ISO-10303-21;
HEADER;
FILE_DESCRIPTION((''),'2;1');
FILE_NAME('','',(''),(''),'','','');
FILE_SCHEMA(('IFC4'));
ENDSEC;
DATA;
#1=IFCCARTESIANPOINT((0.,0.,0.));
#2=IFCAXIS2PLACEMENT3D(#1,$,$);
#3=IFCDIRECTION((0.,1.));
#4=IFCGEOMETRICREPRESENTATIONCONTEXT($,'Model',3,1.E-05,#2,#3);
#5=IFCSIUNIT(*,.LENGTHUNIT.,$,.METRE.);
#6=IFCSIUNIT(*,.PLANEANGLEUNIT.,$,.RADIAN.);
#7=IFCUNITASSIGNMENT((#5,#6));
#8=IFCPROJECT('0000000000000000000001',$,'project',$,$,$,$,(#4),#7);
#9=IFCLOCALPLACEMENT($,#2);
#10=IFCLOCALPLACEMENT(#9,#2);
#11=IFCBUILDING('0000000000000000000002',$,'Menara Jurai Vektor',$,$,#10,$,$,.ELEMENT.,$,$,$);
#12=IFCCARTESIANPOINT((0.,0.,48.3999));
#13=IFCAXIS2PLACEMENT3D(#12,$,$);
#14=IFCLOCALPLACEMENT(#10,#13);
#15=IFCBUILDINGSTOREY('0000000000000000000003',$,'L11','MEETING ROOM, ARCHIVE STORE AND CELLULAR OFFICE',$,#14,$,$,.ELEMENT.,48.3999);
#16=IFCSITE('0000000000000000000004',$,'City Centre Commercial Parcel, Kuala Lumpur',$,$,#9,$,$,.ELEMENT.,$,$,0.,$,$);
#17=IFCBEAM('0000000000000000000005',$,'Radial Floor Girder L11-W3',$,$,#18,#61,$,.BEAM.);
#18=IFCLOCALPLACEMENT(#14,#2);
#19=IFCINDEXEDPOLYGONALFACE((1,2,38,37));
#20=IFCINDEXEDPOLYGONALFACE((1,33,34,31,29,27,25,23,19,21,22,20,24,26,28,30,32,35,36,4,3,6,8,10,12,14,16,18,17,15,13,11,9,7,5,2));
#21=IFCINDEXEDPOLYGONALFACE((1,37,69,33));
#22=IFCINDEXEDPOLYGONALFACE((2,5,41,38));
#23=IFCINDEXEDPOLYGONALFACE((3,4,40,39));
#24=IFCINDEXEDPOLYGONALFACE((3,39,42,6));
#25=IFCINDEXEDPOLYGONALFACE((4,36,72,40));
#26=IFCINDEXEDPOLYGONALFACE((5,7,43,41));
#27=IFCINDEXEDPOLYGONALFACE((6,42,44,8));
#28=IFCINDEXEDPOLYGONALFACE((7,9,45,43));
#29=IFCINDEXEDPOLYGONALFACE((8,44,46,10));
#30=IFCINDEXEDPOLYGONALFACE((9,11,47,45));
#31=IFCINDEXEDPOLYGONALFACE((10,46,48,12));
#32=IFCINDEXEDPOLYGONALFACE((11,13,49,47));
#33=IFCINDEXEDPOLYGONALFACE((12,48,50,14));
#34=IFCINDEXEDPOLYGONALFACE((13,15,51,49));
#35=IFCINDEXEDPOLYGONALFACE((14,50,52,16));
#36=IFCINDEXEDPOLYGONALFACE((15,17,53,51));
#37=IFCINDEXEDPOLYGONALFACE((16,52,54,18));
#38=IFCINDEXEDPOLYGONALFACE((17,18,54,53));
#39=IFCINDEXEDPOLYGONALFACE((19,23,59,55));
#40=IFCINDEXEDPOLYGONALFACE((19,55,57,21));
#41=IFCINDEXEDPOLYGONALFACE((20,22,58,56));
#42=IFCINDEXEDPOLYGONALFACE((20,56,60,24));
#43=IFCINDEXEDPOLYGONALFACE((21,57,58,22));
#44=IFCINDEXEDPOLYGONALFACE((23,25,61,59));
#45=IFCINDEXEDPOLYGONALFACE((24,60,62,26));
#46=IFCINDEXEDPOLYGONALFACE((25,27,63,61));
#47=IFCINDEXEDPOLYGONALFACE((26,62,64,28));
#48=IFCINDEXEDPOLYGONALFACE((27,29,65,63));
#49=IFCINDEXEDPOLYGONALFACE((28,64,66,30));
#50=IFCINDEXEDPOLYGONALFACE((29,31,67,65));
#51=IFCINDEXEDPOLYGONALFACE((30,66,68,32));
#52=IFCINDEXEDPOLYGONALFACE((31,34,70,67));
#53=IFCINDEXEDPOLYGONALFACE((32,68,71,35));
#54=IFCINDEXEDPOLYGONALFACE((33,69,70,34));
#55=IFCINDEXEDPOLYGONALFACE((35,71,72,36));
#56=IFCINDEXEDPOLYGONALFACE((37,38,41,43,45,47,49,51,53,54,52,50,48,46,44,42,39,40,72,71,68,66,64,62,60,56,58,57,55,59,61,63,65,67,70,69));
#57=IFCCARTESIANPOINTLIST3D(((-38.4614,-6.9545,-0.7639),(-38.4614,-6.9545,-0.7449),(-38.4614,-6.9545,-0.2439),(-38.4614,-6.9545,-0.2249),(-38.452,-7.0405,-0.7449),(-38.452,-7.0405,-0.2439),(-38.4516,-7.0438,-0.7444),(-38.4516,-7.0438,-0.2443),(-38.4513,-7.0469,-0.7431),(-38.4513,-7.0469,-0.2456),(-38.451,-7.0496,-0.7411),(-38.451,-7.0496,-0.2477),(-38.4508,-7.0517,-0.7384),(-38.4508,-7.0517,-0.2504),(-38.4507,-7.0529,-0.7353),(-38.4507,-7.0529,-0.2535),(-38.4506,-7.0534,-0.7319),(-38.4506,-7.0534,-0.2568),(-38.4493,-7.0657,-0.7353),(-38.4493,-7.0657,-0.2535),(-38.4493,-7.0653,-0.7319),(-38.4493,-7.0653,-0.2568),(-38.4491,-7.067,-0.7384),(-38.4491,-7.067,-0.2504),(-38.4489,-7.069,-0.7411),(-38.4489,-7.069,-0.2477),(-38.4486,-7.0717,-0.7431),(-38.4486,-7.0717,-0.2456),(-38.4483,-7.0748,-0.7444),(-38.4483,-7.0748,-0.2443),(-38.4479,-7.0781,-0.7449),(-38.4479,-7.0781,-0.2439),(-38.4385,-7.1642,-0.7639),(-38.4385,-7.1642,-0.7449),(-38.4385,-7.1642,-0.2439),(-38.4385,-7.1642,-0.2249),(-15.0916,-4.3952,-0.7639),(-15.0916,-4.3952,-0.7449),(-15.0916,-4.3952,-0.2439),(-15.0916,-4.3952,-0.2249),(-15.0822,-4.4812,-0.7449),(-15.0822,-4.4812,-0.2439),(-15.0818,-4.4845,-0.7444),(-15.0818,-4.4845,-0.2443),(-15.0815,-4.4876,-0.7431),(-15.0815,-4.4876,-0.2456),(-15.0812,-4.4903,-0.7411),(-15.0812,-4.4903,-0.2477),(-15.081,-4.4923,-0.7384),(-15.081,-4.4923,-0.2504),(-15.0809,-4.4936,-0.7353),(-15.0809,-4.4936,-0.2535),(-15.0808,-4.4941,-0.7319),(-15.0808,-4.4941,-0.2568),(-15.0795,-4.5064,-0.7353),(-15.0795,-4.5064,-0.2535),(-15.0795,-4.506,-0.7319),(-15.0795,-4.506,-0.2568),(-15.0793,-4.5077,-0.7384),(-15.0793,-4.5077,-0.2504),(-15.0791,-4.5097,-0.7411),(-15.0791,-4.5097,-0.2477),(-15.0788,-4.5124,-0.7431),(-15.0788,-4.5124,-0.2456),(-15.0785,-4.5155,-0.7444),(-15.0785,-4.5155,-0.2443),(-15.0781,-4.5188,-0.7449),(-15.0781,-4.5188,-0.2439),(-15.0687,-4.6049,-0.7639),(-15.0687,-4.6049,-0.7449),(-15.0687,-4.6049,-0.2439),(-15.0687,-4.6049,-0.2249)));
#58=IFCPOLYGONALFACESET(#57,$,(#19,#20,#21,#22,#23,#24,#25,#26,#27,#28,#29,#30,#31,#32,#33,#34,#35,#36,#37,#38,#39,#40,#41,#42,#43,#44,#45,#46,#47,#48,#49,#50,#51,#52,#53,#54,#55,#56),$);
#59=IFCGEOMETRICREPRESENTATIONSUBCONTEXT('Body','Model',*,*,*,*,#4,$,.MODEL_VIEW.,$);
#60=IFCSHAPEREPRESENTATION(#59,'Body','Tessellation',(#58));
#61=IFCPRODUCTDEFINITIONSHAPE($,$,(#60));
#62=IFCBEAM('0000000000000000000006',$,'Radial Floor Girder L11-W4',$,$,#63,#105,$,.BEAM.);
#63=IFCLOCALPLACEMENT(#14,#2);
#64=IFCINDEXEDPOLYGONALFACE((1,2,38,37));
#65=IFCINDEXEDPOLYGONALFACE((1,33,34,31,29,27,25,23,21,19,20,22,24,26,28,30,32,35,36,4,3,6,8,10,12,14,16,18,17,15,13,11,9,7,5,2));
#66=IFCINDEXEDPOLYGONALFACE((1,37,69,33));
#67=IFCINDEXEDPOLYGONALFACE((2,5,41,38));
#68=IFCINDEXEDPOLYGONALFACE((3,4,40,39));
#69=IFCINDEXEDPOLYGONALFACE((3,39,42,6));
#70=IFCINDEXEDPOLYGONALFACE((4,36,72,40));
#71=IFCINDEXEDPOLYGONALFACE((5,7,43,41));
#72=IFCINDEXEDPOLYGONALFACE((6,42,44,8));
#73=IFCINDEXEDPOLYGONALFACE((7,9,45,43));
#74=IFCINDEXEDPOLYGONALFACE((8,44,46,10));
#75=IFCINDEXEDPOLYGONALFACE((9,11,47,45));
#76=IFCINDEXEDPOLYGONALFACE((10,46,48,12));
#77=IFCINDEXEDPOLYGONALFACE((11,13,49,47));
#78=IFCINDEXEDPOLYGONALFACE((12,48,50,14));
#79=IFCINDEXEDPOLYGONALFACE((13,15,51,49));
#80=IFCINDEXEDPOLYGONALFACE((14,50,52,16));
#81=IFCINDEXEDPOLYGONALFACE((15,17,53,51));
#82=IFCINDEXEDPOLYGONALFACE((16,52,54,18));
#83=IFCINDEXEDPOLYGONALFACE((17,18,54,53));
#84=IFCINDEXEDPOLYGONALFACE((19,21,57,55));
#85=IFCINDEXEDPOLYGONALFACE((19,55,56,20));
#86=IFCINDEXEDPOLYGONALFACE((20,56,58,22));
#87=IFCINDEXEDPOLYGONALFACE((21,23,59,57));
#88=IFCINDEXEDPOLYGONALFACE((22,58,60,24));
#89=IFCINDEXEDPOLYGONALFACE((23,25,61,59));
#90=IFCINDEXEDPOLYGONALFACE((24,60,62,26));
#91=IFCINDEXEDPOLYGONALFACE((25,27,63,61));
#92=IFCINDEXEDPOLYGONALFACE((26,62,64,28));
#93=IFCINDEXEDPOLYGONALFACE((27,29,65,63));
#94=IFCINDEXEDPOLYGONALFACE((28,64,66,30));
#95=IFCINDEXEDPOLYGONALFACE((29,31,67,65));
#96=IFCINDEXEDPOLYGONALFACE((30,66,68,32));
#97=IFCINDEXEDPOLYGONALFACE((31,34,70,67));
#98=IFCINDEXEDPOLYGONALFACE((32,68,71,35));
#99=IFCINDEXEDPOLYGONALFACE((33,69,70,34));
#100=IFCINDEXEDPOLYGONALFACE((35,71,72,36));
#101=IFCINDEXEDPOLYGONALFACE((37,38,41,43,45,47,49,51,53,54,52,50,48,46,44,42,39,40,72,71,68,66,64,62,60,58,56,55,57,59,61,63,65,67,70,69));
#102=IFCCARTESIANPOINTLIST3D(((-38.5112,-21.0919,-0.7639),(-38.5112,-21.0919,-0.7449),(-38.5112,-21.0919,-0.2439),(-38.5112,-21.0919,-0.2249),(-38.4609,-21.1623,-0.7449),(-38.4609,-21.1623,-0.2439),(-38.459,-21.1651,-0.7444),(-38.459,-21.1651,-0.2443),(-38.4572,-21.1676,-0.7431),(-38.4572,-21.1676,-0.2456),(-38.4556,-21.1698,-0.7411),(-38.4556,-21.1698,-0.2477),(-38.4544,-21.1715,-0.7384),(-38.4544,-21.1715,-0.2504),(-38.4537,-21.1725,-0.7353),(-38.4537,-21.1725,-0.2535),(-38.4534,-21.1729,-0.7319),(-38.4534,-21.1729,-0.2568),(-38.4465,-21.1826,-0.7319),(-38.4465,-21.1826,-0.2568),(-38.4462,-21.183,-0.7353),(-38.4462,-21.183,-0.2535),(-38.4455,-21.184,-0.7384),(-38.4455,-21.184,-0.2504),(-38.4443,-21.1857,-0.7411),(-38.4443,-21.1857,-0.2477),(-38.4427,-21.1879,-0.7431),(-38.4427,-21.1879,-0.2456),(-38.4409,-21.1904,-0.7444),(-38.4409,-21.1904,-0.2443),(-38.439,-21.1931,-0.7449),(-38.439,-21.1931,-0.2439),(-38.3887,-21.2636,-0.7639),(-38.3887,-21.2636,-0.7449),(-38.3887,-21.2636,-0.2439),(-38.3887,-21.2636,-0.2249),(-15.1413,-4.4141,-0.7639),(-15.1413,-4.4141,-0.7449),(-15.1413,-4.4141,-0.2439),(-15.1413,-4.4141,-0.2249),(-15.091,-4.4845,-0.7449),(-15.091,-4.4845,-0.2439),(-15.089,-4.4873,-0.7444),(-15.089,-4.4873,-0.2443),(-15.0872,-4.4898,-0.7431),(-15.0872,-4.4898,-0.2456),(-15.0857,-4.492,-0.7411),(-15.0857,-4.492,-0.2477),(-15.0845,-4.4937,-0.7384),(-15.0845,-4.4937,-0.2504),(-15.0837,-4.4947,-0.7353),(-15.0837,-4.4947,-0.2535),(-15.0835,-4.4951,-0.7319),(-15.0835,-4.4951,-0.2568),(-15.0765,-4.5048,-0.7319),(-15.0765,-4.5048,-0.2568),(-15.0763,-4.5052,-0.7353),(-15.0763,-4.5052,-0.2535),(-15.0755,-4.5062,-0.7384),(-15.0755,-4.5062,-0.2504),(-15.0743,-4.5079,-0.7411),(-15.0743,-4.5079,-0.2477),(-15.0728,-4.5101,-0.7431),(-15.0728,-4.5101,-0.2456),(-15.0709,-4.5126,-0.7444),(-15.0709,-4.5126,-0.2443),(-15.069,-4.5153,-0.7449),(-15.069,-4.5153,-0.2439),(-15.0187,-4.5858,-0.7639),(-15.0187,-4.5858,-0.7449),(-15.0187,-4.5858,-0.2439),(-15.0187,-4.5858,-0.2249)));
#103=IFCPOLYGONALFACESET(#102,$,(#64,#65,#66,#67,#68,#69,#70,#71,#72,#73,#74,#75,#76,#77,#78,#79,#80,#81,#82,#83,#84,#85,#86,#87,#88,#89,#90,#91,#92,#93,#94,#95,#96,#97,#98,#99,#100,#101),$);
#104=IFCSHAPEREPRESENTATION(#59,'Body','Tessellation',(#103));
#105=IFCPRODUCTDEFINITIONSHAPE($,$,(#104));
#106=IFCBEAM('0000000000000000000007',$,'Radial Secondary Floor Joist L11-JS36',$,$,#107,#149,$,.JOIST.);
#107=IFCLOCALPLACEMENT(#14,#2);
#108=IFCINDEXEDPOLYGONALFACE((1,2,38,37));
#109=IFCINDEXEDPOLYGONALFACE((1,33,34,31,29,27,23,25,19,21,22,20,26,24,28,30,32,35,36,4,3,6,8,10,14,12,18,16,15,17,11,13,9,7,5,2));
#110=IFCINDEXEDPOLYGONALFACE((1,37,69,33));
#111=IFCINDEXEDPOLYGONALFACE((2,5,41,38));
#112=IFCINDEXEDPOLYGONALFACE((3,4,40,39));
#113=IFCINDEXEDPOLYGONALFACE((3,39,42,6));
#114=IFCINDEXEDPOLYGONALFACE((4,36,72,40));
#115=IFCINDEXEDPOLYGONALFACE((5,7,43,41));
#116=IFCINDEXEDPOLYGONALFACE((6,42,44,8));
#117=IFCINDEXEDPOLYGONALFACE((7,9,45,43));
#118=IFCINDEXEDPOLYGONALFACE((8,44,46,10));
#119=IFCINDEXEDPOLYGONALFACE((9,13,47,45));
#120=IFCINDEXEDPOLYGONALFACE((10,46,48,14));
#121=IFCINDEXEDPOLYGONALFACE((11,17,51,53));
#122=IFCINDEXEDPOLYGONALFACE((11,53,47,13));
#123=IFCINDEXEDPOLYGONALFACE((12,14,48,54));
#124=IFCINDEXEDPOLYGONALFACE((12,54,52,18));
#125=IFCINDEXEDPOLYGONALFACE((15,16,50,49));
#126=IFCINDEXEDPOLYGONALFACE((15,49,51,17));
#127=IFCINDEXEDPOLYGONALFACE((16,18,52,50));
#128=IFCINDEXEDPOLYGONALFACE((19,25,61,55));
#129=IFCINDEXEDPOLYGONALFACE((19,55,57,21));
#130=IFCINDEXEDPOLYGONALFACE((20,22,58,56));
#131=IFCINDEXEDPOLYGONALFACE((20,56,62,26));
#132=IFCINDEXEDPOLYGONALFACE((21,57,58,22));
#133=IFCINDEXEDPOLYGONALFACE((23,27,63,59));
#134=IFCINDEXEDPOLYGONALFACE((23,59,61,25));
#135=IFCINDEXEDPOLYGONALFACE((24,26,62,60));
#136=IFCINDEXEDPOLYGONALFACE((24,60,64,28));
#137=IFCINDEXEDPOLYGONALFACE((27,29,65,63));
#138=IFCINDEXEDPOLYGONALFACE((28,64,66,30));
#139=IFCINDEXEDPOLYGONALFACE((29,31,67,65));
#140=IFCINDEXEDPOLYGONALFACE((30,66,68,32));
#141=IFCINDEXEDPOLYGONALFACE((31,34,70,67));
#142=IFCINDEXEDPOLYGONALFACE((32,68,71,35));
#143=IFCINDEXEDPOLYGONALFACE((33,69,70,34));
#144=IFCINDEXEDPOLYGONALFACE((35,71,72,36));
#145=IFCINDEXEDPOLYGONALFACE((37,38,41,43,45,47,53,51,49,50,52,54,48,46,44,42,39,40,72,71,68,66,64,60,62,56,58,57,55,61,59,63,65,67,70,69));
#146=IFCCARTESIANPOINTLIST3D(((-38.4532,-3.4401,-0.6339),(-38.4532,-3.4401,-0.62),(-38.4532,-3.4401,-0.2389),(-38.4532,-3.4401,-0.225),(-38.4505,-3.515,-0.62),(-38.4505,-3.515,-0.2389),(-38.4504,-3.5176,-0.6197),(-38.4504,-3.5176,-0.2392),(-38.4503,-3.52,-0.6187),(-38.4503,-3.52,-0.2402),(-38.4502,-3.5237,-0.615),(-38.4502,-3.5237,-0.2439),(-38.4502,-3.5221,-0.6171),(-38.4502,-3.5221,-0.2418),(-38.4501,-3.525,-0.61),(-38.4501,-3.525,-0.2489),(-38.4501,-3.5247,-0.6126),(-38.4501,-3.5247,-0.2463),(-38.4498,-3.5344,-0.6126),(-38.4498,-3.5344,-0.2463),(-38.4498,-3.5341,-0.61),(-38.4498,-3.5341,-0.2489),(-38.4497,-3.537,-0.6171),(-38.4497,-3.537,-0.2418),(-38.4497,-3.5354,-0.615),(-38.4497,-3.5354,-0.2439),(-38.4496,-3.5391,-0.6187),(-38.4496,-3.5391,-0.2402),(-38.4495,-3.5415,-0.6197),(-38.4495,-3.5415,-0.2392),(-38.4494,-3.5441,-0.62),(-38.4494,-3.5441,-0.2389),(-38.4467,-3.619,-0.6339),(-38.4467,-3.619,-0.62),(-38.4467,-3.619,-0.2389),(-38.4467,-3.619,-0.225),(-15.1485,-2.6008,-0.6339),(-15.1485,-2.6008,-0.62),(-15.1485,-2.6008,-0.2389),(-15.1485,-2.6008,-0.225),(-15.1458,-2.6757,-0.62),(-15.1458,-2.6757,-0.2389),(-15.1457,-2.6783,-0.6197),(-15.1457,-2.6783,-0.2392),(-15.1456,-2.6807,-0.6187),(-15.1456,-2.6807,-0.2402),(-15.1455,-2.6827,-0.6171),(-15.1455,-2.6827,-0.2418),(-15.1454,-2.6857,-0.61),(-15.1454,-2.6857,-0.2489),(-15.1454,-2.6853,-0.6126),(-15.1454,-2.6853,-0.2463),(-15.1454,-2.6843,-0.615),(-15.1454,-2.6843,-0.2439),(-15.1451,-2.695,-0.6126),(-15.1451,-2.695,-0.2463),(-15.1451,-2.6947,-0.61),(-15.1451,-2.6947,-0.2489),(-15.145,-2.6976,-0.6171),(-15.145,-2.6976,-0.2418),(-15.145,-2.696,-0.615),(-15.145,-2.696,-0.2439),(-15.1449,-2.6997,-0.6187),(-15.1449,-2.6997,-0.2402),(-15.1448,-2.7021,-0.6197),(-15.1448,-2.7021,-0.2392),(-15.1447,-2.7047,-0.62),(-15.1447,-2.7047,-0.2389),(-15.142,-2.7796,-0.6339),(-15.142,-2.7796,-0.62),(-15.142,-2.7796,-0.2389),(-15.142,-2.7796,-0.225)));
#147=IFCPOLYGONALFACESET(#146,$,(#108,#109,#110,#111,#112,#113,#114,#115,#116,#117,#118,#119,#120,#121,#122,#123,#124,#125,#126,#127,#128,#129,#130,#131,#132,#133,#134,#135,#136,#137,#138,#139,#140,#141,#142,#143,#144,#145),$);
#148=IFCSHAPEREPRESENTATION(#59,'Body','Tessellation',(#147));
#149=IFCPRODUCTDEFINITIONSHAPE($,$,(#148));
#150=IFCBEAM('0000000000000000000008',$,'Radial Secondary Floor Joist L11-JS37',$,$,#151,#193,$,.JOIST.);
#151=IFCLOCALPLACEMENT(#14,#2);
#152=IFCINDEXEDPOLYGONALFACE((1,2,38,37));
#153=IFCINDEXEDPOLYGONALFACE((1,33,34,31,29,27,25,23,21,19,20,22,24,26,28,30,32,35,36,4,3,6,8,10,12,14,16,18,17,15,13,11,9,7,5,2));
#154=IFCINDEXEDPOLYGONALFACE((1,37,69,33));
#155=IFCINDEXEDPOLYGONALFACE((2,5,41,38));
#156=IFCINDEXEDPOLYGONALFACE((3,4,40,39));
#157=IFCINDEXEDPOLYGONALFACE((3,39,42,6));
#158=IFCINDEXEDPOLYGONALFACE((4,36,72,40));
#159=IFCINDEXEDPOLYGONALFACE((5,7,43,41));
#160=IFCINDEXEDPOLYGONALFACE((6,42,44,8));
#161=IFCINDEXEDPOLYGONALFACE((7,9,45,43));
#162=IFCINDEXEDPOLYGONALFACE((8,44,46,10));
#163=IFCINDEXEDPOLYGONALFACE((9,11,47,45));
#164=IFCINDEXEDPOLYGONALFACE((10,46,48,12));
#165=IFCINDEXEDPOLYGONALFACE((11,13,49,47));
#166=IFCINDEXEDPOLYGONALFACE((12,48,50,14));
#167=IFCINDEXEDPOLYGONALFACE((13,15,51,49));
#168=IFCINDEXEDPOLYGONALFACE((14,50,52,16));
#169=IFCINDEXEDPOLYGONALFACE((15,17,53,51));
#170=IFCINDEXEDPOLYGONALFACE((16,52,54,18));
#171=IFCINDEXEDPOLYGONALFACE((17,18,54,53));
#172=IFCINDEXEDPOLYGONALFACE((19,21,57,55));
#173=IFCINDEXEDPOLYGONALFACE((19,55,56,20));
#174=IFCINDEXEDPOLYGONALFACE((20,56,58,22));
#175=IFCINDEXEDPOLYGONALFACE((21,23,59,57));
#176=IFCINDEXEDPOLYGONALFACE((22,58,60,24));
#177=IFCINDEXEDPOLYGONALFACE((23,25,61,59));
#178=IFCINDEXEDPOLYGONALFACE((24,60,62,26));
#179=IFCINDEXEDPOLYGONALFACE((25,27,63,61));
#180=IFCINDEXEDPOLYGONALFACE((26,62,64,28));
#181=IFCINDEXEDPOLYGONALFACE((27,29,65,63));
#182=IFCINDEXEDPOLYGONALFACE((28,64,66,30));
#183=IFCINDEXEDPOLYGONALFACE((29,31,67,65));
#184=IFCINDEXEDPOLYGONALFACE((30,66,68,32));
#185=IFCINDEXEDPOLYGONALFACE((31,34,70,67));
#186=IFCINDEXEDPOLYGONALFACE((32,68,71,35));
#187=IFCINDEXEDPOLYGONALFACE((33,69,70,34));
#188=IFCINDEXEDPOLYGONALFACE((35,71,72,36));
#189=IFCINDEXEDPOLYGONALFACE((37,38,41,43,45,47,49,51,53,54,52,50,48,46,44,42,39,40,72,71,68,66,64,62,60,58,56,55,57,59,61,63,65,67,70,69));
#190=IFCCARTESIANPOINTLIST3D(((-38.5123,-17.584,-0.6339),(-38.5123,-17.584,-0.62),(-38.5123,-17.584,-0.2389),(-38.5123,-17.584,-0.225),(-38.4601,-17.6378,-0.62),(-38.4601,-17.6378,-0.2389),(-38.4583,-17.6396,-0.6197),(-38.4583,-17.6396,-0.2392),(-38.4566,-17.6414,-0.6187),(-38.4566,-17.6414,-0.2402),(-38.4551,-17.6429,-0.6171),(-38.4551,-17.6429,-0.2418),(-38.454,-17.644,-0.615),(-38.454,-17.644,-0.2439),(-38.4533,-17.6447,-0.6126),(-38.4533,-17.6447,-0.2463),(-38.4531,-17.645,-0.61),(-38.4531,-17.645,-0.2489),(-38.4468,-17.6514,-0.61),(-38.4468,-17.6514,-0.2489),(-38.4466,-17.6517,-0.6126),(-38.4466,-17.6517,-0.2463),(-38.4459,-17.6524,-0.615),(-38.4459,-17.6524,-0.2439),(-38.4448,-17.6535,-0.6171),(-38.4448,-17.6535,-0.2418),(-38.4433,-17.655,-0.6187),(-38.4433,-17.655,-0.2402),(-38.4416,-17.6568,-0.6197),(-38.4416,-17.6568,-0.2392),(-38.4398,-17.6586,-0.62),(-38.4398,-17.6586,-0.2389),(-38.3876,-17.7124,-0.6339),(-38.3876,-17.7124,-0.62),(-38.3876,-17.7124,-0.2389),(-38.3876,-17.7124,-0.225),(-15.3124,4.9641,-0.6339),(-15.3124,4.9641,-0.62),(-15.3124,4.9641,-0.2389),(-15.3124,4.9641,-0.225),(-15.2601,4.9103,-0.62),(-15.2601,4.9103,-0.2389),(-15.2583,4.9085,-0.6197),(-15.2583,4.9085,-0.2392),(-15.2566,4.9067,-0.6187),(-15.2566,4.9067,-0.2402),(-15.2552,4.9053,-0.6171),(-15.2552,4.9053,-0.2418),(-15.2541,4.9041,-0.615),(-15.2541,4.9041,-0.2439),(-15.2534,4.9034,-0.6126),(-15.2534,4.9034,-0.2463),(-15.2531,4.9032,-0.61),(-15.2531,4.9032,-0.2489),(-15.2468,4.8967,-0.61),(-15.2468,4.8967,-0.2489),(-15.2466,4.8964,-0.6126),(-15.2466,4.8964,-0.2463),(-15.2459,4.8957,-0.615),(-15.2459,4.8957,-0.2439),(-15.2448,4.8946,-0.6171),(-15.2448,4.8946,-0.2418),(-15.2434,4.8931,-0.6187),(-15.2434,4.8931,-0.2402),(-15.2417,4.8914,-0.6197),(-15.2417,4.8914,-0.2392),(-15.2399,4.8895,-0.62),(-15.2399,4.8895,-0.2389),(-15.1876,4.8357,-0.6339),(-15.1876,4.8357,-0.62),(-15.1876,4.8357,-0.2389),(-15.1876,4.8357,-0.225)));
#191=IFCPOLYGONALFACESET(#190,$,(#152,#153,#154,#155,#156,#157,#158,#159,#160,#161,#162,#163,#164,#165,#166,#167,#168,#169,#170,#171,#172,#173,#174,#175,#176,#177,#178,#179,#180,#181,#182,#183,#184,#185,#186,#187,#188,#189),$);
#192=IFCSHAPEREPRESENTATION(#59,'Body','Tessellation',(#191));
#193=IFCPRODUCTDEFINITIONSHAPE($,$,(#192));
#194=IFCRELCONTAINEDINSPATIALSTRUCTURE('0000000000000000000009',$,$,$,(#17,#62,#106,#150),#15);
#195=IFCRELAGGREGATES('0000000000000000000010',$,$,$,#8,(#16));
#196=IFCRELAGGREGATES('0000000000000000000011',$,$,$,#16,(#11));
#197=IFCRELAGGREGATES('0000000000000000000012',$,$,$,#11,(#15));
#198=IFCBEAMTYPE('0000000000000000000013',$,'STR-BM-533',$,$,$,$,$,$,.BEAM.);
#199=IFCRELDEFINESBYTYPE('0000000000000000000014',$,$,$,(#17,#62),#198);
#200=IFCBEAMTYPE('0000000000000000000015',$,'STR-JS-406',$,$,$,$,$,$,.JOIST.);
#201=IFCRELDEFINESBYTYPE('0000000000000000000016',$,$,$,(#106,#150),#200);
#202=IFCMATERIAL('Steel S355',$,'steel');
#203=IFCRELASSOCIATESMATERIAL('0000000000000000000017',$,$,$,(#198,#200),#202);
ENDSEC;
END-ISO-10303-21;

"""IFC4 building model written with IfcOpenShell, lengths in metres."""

from ifc_helpers import new_model, si_unit, direction, frame, origin, origin_2d, place, context, subcontext, project, spatial, i_section, extrude, material, material_profile, profile_set, type_object, element, save


model = new_model("IFC4")

# Units and contexts
model_context = context("Model", 3, precision=1e-05, world=origin(), true_north=direction((0.0, 1.0)))
body_context = subcontext(model_context, "Body", "Model", "MODEL_VIEW")
ifc_project = project(units=[si_unit("LENGTHUNIT", "METRE"), si_unit("PLANEANGLEUNIT", "RADIAN")], contexts=[model_context])

# Site, building, storey
site_placement = place(None, origin())
site = spatial("IfcSite", under=ifc_project, at=site_placement, Name="City Centre Commercial Parcel, Kuala Lumpur", CompositionType="ELEMENT", RefElevation=0.0)
building_placement = place(site_placement, origin())
building = spatial("IfcBuilding", under=site, at=building_placement, Name="Menara Jurai Vektor", CompositionType="ELEMENT")
storey_placement = place(building_placement, frame((0.0, 0.0, 48.3999)))
storey = spatial("IfcBuildingStorey", under=building, at=storey_placement, Name="L11", Description="MEETING ROOM, ARCHIVE STORE AND CELLULAR OFFICE", CompositionType="ELEMENT", Elevation=48.3999)

# Beams
ifc_material_1 = material(Name="Steel S355", Category="steel")
ifc_material_profile_1 = material_profile(ifc_material_1, i_section(OverallWidth=0.2109, OverallDepth=0.5391, WebThickness=0.012, FlangeThickness=0.019, FilletRadius=0.0129, at=origin_2d()), Name="UKB 533x210x109")
ifc_profile_set_1 = profile_set([ifc_material_profile_1], Name="Steel S355")
beam_type_1 = type_object("IfcBeamType", Name="STR-BM-533", PredefinedType="BEAM", material=ifc_profile_set_1)
beam_1_placement = place(storey_placement, frame((-38.45, -7.0593, -0.4944), z_axis=(0.994057, 0.108863, 0.0), x_axis=(-0.108863, 0.994057, 0.0)))
element("IfcBeam", 1, at=beam_1_placement, inside=storey, type_object=beam_type_1, Name="Radial Floor Girder L11-W3", PredefinedType="BEAM", context=body_context, shape_type="SweptSolid", body=[
    extrude(i_section(OverallWidth=0.2109, OverallDepth=0.5391, WebThickness=0.012, FlangeThickness=0.019, FilletRadius=0.0129, at=origin_2d()), origin(), (0.0, 0.0, 1.0), 23.5095),
])
beam_2_placement = place(storey_placement, frame((-38.45, -21.1777, -0.4944), z_axis=(0.813981, 0.580891, 0.0), x_axis=(-0.580891, 0.813981, 0.0)))
element("IfcBeam", 2, at=beam_2_placement, inside=storey, type_object=beam_type_1, Name="Radial Floor Girder L11-W4", PredefinedType="BEAM", context=body_context, shape_type="SweptSolid", body=[
    extrude(i_section(OverallWidth=0.2109, OverallDepth=0.5391, WebThickness=0.012, FlangeThickness=0.019, FilletRadius=0.0129, at=origin_2d()), origin(), (0.0, 0.0, 1.0), 28.7107),
])
ifc_material_profile_2 = material_profile(ifc_material_1, i_section(OverallWidth=0.179, OverallDepth=0.4089, WebThickness=0.009, FlangeThickness=0.0139, FilletRadius=0.01, at=origin_2d()), Name="UKB 406x178x67")
ifc_profile_set_2 = profile_set([ifc_material_profile_2], Name="Steel S355")
beam_type_2 = type_object("IfcBeamType", Name="STR-JS-406", PredefinedType="JOIST", material=ifc_profile_set_2)
beam_3_placement = place(storey_placement, frame((-38.45, -3.5295, -0.4294), z_axis=(0.999352, 0.035993, 0.0), x_axis=(-0.035993, 0.999352, 0.0)))
element("IfcBeam", 3, at=beam_3_placement, inside=storey, type_object=beam_type_2, Name="Radial Secondary Floor Joist L11-JS36", PredefinedType="JOIST", context=body_context, shape_type="SweptSolid", body=[
    extrude(i_section(OverallWidth=0.179, OverallDepth=0.4089, WebThickness=0.009, FlangeThickness=0.0139, FilletRadius=0.01, at=origin_2d()), origin(), (0.0, 0.0, 1.0), 23.3198),
])
beam_4_placement = place(storey_placement, frame((-38.45, -17.6482, -0.4294), z_axis=(0.717109, 0.696961, 0.0), x_axis=(-0.696961, 0.717109, 0.0)))
element("IfcBeam", 4, at=beam_4_placement, inside=storey, type_object=beam_type_2, Name="Radial Secondary Floor Joist L11-JS37", PredefinedType="JOIST", context=body_context, shape_type="SweptSolid", body=[
    extrude(i_section(OverallWidth=0.179, OverallDepth=0.4089, WebThickness=0.009, FlangeThickness=0.0139, FilletRadius=0.01, at=origin_2d()), origin(), (0.0, 0.0, 1.0), 32.3521),
])

save(model, "model.ifc")
